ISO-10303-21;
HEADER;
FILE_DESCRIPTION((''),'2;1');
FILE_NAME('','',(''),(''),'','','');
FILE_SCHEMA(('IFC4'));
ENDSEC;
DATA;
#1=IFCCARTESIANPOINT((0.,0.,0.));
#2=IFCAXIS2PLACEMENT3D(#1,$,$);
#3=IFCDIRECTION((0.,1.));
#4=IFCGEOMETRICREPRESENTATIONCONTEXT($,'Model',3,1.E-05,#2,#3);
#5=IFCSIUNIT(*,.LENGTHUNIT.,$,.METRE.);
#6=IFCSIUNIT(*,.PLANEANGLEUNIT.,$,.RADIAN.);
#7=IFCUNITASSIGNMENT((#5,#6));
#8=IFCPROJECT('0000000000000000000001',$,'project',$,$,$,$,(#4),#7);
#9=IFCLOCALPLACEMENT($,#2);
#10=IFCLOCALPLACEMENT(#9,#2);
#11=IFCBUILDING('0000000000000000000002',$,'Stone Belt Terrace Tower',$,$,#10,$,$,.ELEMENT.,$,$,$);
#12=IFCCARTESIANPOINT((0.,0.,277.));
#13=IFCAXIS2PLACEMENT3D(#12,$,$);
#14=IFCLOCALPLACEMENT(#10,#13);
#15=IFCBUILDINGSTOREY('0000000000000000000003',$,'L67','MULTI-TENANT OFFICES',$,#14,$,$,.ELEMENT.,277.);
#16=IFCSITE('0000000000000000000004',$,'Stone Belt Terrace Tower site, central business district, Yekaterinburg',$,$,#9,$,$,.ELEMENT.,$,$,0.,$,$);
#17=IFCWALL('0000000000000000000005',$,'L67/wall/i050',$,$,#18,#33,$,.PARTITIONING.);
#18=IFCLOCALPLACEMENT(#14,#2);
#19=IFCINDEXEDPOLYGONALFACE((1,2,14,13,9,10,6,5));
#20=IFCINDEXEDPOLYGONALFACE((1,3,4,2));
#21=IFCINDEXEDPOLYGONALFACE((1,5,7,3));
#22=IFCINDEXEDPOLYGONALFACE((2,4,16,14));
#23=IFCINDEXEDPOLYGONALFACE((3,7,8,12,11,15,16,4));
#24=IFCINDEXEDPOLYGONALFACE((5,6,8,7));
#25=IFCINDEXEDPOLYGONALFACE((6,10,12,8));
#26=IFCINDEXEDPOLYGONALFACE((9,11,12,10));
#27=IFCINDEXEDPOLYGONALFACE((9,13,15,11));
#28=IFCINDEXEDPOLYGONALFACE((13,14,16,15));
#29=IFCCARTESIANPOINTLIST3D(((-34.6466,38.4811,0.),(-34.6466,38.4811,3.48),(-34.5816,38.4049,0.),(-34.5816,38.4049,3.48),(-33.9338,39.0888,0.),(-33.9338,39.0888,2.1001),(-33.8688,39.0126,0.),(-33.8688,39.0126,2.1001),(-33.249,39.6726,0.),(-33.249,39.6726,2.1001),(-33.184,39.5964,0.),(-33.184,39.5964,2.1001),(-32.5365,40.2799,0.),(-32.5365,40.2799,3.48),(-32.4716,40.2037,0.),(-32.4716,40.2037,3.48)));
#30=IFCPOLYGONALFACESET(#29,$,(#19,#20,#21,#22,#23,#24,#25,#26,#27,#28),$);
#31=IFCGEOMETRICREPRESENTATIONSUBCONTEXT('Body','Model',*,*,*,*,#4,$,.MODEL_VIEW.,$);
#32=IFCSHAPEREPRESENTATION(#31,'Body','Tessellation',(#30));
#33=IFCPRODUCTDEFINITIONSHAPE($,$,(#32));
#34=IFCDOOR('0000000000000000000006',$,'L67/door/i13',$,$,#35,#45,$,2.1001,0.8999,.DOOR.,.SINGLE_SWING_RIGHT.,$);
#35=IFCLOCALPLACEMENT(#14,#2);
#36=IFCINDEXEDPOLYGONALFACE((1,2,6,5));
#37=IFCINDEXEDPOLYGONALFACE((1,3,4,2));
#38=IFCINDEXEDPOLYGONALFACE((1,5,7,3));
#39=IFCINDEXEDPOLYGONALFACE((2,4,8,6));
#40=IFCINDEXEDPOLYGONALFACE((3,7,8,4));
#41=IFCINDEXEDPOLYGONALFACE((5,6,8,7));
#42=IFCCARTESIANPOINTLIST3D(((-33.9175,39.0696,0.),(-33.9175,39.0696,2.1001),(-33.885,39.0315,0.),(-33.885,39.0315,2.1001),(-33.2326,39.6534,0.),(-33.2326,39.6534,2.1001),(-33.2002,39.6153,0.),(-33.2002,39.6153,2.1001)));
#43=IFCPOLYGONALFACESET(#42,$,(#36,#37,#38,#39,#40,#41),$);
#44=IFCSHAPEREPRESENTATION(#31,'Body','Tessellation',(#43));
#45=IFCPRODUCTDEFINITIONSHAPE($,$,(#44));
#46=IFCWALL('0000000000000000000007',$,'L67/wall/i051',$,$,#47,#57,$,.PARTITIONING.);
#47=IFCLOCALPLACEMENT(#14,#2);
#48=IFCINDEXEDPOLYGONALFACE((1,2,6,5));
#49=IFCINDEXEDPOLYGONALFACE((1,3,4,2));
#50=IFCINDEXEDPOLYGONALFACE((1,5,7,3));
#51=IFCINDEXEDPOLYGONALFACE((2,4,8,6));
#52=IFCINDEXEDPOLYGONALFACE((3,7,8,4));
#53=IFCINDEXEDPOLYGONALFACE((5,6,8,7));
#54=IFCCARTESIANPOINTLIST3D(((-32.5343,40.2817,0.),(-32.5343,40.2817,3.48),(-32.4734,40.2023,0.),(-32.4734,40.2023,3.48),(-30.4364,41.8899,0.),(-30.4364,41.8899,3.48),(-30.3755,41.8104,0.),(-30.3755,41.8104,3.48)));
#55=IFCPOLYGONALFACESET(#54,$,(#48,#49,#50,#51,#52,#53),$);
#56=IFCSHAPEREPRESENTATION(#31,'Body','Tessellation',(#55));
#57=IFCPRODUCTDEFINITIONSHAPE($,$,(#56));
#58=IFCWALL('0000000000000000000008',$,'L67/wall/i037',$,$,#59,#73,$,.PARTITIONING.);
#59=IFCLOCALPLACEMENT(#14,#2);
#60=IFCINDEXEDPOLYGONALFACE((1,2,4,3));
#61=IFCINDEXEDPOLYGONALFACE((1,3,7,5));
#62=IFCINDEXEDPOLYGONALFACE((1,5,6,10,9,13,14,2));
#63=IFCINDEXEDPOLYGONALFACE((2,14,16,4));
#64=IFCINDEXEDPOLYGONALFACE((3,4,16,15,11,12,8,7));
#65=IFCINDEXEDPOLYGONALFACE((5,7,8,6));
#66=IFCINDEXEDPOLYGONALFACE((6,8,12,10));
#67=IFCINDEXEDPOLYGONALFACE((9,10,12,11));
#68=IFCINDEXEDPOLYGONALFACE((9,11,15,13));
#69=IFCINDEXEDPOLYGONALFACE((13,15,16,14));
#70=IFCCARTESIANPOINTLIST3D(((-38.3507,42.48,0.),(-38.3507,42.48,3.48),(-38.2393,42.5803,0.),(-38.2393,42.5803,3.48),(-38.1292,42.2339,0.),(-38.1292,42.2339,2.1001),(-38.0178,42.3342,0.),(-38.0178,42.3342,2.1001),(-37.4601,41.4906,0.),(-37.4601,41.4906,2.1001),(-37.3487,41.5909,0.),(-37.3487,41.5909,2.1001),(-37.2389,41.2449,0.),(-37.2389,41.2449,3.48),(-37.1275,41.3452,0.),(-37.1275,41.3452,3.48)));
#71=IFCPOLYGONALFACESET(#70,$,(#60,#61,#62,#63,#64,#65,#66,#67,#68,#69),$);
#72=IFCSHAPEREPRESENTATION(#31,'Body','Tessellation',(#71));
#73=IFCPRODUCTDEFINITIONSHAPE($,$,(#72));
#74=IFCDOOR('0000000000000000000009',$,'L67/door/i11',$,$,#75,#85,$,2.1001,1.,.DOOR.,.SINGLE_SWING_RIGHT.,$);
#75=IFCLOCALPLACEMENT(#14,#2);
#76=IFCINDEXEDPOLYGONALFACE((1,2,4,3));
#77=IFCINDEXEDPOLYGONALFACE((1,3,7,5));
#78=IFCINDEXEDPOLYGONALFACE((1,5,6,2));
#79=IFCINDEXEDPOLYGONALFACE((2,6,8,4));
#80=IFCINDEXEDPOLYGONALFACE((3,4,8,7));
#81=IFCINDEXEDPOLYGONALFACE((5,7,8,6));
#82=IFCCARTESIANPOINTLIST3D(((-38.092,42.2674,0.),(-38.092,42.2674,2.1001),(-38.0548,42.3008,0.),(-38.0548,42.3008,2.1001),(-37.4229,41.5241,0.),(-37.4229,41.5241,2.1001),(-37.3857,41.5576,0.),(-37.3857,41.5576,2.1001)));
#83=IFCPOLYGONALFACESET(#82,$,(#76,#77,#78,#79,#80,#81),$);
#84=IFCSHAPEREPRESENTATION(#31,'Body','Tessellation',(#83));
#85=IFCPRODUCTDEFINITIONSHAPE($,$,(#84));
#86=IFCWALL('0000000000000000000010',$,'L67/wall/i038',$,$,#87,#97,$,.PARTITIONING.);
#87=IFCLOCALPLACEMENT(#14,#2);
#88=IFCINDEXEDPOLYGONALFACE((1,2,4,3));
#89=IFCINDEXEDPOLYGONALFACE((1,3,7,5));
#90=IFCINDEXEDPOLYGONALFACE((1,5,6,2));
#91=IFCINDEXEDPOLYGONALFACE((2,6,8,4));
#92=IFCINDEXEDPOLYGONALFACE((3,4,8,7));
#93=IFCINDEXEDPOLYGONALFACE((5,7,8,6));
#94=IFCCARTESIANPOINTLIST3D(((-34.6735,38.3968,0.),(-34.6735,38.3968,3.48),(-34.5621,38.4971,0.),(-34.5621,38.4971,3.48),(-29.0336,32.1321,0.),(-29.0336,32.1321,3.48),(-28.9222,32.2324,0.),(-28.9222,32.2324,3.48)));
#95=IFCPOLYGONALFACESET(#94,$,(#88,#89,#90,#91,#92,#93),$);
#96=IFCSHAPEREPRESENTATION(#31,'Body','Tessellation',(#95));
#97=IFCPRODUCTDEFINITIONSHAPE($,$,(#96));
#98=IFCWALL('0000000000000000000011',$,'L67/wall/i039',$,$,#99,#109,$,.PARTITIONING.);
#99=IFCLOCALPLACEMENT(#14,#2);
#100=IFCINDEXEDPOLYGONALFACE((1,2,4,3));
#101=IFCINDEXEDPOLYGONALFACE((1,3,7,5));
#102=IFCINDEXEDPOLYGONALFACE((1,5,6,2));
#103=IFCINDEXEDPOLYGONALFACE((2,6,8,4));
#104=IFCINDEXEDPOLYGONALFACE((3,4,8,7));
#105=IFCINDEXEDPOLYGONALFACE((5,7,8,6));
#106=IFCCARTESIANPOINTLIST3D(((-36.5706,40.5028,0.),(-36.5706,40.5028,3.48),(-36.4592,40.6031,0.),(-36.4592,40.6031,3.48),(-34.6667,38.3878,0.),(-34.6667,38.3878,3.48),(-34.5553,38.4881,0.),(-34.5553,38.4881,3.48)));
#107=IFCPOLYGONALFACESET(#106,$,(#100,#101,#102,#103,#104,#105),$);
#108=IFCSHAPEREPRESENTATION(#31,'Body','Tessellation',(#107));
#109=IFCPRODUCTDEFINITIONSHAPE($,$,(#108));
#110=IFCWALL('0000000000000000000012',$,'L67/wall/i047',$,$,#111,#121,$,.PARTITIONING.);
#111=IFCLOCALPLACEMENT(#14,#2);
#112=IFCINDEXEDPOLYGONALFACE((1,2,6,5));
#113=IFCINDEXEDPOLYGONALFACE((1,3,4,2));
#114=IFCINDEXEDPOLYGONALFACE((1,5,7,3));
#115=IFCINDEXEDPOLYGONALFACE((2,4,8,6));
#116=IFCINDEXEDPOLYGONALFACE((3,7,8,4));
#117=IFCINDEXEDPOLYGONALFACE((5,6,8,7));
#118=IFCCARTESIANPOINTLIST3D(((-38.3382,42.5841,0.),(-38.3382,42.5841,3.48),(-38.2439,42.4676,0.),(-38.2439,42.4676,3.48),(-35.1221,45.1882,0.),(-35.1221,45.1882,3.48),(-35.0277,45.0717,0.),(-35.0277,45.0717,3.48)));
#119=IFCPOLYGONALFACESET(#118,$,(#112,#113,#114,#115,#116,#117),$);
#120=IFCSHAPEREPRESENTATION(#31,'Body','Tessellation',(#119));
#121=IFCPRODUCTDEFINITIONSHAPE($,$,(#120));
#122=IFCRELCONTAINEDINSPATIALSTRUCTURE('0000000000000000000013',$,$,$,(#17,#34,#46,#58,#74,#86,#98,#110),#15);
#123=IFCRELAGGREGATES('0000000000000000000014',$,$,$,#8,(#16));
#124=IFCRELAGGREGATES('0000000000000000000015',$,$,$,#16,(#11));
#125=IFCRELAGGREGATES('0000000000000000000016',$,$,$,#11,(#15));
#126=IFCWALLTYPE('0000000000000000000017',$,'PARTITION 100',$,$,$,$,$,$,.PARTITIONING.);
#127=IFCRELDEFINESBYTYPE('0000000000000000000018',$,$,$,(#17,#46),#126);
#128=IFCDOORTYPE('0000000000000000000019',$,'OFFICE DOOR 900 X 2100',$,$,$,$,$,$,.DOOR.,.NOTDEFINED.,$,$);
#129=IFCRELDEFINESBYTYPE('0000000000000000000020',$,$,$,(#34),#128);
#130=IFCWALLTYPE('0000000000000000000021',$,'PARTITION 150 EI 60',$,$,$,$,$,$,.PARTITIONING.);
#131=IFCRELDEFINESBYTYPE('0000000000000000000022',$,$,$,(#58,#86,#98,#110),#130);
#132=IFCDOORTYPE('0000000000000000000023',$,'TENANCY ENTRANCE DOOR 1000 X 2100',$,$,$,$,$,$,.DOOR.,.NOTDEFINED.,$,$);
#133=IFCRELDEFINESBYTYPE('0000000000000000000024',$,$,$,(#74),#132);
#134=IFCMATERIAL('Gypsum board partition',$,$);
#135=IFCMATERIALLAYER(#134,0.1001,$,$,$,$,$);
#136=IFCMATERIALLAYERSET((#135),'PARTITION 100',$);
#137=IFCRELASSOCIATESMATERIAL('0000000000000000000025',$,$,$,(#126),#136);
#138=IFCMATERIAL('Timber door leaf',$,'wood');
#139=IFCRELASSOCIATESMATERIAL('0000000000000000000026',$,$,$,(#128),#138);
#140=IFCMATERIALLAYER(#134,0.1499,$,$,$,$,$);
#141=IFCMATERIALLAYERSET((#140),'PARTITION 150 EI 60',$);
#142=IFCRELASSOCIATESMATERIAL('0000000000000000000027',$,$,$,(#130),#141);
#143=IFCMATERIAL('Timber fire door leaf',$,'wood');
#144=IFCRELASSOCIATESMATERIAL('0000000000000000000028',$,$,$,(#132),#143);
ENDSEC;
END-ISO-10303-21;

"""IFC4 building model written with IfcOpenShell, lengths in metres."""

from ifc_helpers import new_model, si_unit, direction, frame, frame_2d, origin, place, context, subcontext, project, spatial, rectangle, extrude, material, layer, layer_set, type_object, element, fill, save


model = new_model("IFC4")

# Units and contexts
model_context = context("Model", 3, precision=1e-05, world=origin(), true_north=direction((0.0, 1.0)))
body_context = subcontext(model_context, "Body", "Model", "MODEL_VIEW")
ifc_project = project(units=[si_unit("LENGTHUNIT", "METRE"), si_unit("PLANEANGLEUNIT", "RADIAN")], contexts=[model_context])

# Site, building, storey
site_placement = place(None, origin())
site = spatial("IfcSite", under=ifc_project, at=site_placement, Name="Stone Belt Terrace Tower site, central business district, Yekaterinburg", CompositionType="ELEMENT", RefElevation=0.0)
building_placement = place(site_placement, origin())
building = spatial("IfcBuilding", under=site, at=building_placement, Name="Stone Belt Terrace Tower", CompositionType="ELEMENT")
storey_placement = place(building_placement, frame((0.0, 0.0, 277.0)))
storey = spatial("IfcBuildingStorey", under=building, at=storey_placement, Name="L67", Description="MULTI-TENANT OFFICES", CompositionType="ELEMENT", Elevation=277.0)

# Wall, opening, door
ifc_material_1 = material(Name="Gypsum board partition")
ifc_layer_1 = layer(ifc_material_1, 0.1001)
ifc_layer_set_1 = layer_set([ifc_layer_1], Name="PARTITION 100")
wall_type_1 = type_object("IfcWallType", Name="PARTITION 100", PredefinedType="PARTITIONING", material=ifc_layer_set_1)
wall_1_placement = place(storey_placement, frame((-34.614, 38.4431, 0.0), z_axis=(0.0, 0.0, 1.0), x_axis=(0.761007, 0.648744, 0.0)))
wall_1 = element("IfcWall", 1, at=wall_1_placement, inside=storey, type_object=wall_type_1, Name="L67/wall/i050", PredefinedType="PARTITIONING", context=body_context, shape_type="SweptSolid", body=[
    extrude(rectangle(XDim=2.7727, YDim=0.1001, at=frame_2d((1.3862, 0.0))), origin(), (0.0, 0.0, 1.0), 3.48),
])
opening_1_placement = place(wall_1_placement, frame((0.9365, 0.0, 0.0)))
opening_1 = element("IfcOpeningElement", 2, at=opening_1_placement, cuts=wall_1, PredefinedType="OPENING", context=body_context, shape_type="SweptSolid", body=[
    extrude(rectangle(XDim=0.8999, YDim=2.1001, at=frame_2d((0.45, 1.05))), frame((0.0, 0.0601, 0.0), z_axis=(0.0, -1.0, 0.0), x_axis=(1.0, 0.0, 0.0)), (0.0, 0.0, 1.0), 0.1201),
])
ifc_material_2 = material(Name="Timber door leaf", Category="wood")
door_type_1 = type_object("IfcDoorType", Name="OFFICE DOOR 900 X 2100", OperationType="NOTDEFINED", PredefinedType="DOOR", material=ifc_material_2)
door_1_placement = place(opening_1_placement, origin())
door_1 = element("IfcDoor", 3, at=door_1_placement, inside=storey, type_object=door_type_1, Name="L67/door/i13", OperationType="SINGLE_SWING_RIGHT", OverallHeight=2.1001, OverallWidth=0.8999, PredefinedType="DOOR", context=body_context, shape_type="SweptSolid", body=[
    extrude(rectangle(XDim=0.8999, YDim=2.1001, at=frame_2d((0.45, 1.05))), frame((0.0, 0.0249, 0.0), z_axis=(0.0, -1.0, 0.0), x_axis=(1.0, 0.0, 0.0)), (0.0, 0.0, 1.0), 0.05),
])
fill(opening_1, door_1)

# Wall
wall_2_placement = place(storey_placement, frame((-32.5039, 40.2419, 0.0), z_axis=(0.0, 0.0, 1.0), x_axis=(0.793649, 0.608375, 0.0)))
element("IfcWall", 4, at=wall_2_placement, inside=storey, type_object=wall_type_1, Name="L67/wall/i051", PredefinedType="PARTITIONING", context=body_context, shape_type="SweptSolid", body=[
    extrude(rectangle(XDim=2.6433, YDim=0.1001, at=frame_2d((1.3218, 0.0))), origin(), (0.0, 0.0, 1.0), 3.48),
])

# Wall, opening, door
ifc_layer_2 = layer(ifc_material_1, 0.1499)
ifc_layer_set_2 = layer_set([ifc_layer_2], Name="PARTITION 150 EI 60")
wall_type_2 = type_object("IfcWallType", Name="PARTITION 150 EI 60", PredefinedType="PARTITIONING", material=ifc_layer_set_2)
wall_3_placement = place(storey_placement, frame((-37.1831, 41.2949, 0.0), z_axis=(0.0, 0.0, 1.0), x_axis=(-0.669038, 0.743228, 0.0)))
wall_3 = element("IfcWall", 5, at=wall_3_placement, inside=storey, type_object=wall_type_2, Name="L67/wall/i037", PredefinedType="PARTITIONING", context=body_context, shape_type="SweptSolid", body=[
    extrude(rectangle(XDim=1.6619, YDim=0.1499, at=frame_2d((0.8311, 0.0))), origin(), (0.0, 0.0, 1.0), 3.48),
])
opening_2_placement = place(wall_3_placement, frame((0.3308, 0.0, 0.0)))
opening_2 = element("IfcOpeningElement", 6, at=opening_2_placement, cuts=wall_3, PredefinedType="OPENING", context=body_context, shape_type="SweptSolid", body=[
    extrude(rectangle(XDim=1.0, YDim=2.1001, at=frame_2d((0.5, 1.05))), frame((0.0, 0.085, 0.0), z_axis=(0.0, -1.0, 0.0), x_axis=(1.0, 0.0, 0.0)), (0.0, 0.0, 1.0), 0.1699),
])
ifc_material_3 = material(Name="Timber fire door leaf", Category="wood")
door_type_2 = type_object("IfcDoorType", Name="TENANCY ENTRANCE DOOR 1000 X 2100", OperationType="NOTDEFINED", PredefinedType="DOOR", material=ifc_material_3)
door_2_placement = place(opening_2_placement, origin())
door_2 = element("IfcDoor", 7, at=door_2_placement, inside=storey, type_object=door_type_2, Name="L67/door/i11", OperationType="SINGLE_SWING_RIGHT", OverallHeight=2.1001, OverallWidth=1.0, PredefinedType="DOOR", context=body_context, shape_type="SweptSolid", body=[
    extrude(rectangle(XDim=1.0, YDim=2.1001, at=frame_2d((0.5, 1.05))), frame((0.0, 0.0249, 0.0), z_axis=(0.0, -1.0, 0.0), x_axis=(1.0, 0.0, 0.0)), (0.0, 0.0, 1.0), 0.05),
])
fill(opening_2, door_2)

# Walls
wall_4_placement = place(storey_placement, frame((-34.6179, 38.447, 0.0), z_axis=(0.0, 0.0, 1.0), x_axis=(0.669077, -0.743193, 0.0)))
element("IfcWall", 8, at=wall_4_placement, inside=storey, type_object=wall_type_2, Name="L67/wall/i038", PredefinedType="PARTITIONING", context=body_context, shape_type="SweptSolid", body=[
    extrude(rectangle(XDim=8.4294, YDim=0.1499, at=frame_2d((4.2148, 0.0))), origin(), (0.0, 0.0, 1.0), 3.48),
])
wall_5_placement = place(storey_placement, frame((-36.5149, 40.553, 0.0), z_axis=(0.0, 0.0, 1.0), x_axis=(0.669026, -0.743239, 0.0)))
element("IfcWall", 9, at=wall_5_placement, inside=storey, type_object=wall_type_2, Name="L67/wall/i039", PredefinedType="PARTITIONING", context=body_context, shape_type="SweptSolid", body=[
    extrude(rectangle(XDim=2.8457, YDim=0.1499, at=frame_2d((1.4229, 0.0))), origin(), (0.0, 0.0, 1.0), 3.48),
])
wall_6_placement = place(storey_placement, frame((-38.291, 42.5259, 0.0), z_axis=(0.0, 0.0, 1.0), x_axis=(0.777183, 0.629275, 0.0)))
element("IfcWall", 10, at=wall_6_placement, inside=storey, type_object=wall_type_2, Name="L67/wall/i047", PredefinedType="PARTITIONING", context=body_context, shape_type="SweptSolid", body=[
    extrude(rectangle(XDim=4.1382, YDim=0.1499, at=frame_2d((2.0691, 0.0))), origin(), (0.0, 0.0, 1.0), 3.48),
])

save(model, "model.ifc")
